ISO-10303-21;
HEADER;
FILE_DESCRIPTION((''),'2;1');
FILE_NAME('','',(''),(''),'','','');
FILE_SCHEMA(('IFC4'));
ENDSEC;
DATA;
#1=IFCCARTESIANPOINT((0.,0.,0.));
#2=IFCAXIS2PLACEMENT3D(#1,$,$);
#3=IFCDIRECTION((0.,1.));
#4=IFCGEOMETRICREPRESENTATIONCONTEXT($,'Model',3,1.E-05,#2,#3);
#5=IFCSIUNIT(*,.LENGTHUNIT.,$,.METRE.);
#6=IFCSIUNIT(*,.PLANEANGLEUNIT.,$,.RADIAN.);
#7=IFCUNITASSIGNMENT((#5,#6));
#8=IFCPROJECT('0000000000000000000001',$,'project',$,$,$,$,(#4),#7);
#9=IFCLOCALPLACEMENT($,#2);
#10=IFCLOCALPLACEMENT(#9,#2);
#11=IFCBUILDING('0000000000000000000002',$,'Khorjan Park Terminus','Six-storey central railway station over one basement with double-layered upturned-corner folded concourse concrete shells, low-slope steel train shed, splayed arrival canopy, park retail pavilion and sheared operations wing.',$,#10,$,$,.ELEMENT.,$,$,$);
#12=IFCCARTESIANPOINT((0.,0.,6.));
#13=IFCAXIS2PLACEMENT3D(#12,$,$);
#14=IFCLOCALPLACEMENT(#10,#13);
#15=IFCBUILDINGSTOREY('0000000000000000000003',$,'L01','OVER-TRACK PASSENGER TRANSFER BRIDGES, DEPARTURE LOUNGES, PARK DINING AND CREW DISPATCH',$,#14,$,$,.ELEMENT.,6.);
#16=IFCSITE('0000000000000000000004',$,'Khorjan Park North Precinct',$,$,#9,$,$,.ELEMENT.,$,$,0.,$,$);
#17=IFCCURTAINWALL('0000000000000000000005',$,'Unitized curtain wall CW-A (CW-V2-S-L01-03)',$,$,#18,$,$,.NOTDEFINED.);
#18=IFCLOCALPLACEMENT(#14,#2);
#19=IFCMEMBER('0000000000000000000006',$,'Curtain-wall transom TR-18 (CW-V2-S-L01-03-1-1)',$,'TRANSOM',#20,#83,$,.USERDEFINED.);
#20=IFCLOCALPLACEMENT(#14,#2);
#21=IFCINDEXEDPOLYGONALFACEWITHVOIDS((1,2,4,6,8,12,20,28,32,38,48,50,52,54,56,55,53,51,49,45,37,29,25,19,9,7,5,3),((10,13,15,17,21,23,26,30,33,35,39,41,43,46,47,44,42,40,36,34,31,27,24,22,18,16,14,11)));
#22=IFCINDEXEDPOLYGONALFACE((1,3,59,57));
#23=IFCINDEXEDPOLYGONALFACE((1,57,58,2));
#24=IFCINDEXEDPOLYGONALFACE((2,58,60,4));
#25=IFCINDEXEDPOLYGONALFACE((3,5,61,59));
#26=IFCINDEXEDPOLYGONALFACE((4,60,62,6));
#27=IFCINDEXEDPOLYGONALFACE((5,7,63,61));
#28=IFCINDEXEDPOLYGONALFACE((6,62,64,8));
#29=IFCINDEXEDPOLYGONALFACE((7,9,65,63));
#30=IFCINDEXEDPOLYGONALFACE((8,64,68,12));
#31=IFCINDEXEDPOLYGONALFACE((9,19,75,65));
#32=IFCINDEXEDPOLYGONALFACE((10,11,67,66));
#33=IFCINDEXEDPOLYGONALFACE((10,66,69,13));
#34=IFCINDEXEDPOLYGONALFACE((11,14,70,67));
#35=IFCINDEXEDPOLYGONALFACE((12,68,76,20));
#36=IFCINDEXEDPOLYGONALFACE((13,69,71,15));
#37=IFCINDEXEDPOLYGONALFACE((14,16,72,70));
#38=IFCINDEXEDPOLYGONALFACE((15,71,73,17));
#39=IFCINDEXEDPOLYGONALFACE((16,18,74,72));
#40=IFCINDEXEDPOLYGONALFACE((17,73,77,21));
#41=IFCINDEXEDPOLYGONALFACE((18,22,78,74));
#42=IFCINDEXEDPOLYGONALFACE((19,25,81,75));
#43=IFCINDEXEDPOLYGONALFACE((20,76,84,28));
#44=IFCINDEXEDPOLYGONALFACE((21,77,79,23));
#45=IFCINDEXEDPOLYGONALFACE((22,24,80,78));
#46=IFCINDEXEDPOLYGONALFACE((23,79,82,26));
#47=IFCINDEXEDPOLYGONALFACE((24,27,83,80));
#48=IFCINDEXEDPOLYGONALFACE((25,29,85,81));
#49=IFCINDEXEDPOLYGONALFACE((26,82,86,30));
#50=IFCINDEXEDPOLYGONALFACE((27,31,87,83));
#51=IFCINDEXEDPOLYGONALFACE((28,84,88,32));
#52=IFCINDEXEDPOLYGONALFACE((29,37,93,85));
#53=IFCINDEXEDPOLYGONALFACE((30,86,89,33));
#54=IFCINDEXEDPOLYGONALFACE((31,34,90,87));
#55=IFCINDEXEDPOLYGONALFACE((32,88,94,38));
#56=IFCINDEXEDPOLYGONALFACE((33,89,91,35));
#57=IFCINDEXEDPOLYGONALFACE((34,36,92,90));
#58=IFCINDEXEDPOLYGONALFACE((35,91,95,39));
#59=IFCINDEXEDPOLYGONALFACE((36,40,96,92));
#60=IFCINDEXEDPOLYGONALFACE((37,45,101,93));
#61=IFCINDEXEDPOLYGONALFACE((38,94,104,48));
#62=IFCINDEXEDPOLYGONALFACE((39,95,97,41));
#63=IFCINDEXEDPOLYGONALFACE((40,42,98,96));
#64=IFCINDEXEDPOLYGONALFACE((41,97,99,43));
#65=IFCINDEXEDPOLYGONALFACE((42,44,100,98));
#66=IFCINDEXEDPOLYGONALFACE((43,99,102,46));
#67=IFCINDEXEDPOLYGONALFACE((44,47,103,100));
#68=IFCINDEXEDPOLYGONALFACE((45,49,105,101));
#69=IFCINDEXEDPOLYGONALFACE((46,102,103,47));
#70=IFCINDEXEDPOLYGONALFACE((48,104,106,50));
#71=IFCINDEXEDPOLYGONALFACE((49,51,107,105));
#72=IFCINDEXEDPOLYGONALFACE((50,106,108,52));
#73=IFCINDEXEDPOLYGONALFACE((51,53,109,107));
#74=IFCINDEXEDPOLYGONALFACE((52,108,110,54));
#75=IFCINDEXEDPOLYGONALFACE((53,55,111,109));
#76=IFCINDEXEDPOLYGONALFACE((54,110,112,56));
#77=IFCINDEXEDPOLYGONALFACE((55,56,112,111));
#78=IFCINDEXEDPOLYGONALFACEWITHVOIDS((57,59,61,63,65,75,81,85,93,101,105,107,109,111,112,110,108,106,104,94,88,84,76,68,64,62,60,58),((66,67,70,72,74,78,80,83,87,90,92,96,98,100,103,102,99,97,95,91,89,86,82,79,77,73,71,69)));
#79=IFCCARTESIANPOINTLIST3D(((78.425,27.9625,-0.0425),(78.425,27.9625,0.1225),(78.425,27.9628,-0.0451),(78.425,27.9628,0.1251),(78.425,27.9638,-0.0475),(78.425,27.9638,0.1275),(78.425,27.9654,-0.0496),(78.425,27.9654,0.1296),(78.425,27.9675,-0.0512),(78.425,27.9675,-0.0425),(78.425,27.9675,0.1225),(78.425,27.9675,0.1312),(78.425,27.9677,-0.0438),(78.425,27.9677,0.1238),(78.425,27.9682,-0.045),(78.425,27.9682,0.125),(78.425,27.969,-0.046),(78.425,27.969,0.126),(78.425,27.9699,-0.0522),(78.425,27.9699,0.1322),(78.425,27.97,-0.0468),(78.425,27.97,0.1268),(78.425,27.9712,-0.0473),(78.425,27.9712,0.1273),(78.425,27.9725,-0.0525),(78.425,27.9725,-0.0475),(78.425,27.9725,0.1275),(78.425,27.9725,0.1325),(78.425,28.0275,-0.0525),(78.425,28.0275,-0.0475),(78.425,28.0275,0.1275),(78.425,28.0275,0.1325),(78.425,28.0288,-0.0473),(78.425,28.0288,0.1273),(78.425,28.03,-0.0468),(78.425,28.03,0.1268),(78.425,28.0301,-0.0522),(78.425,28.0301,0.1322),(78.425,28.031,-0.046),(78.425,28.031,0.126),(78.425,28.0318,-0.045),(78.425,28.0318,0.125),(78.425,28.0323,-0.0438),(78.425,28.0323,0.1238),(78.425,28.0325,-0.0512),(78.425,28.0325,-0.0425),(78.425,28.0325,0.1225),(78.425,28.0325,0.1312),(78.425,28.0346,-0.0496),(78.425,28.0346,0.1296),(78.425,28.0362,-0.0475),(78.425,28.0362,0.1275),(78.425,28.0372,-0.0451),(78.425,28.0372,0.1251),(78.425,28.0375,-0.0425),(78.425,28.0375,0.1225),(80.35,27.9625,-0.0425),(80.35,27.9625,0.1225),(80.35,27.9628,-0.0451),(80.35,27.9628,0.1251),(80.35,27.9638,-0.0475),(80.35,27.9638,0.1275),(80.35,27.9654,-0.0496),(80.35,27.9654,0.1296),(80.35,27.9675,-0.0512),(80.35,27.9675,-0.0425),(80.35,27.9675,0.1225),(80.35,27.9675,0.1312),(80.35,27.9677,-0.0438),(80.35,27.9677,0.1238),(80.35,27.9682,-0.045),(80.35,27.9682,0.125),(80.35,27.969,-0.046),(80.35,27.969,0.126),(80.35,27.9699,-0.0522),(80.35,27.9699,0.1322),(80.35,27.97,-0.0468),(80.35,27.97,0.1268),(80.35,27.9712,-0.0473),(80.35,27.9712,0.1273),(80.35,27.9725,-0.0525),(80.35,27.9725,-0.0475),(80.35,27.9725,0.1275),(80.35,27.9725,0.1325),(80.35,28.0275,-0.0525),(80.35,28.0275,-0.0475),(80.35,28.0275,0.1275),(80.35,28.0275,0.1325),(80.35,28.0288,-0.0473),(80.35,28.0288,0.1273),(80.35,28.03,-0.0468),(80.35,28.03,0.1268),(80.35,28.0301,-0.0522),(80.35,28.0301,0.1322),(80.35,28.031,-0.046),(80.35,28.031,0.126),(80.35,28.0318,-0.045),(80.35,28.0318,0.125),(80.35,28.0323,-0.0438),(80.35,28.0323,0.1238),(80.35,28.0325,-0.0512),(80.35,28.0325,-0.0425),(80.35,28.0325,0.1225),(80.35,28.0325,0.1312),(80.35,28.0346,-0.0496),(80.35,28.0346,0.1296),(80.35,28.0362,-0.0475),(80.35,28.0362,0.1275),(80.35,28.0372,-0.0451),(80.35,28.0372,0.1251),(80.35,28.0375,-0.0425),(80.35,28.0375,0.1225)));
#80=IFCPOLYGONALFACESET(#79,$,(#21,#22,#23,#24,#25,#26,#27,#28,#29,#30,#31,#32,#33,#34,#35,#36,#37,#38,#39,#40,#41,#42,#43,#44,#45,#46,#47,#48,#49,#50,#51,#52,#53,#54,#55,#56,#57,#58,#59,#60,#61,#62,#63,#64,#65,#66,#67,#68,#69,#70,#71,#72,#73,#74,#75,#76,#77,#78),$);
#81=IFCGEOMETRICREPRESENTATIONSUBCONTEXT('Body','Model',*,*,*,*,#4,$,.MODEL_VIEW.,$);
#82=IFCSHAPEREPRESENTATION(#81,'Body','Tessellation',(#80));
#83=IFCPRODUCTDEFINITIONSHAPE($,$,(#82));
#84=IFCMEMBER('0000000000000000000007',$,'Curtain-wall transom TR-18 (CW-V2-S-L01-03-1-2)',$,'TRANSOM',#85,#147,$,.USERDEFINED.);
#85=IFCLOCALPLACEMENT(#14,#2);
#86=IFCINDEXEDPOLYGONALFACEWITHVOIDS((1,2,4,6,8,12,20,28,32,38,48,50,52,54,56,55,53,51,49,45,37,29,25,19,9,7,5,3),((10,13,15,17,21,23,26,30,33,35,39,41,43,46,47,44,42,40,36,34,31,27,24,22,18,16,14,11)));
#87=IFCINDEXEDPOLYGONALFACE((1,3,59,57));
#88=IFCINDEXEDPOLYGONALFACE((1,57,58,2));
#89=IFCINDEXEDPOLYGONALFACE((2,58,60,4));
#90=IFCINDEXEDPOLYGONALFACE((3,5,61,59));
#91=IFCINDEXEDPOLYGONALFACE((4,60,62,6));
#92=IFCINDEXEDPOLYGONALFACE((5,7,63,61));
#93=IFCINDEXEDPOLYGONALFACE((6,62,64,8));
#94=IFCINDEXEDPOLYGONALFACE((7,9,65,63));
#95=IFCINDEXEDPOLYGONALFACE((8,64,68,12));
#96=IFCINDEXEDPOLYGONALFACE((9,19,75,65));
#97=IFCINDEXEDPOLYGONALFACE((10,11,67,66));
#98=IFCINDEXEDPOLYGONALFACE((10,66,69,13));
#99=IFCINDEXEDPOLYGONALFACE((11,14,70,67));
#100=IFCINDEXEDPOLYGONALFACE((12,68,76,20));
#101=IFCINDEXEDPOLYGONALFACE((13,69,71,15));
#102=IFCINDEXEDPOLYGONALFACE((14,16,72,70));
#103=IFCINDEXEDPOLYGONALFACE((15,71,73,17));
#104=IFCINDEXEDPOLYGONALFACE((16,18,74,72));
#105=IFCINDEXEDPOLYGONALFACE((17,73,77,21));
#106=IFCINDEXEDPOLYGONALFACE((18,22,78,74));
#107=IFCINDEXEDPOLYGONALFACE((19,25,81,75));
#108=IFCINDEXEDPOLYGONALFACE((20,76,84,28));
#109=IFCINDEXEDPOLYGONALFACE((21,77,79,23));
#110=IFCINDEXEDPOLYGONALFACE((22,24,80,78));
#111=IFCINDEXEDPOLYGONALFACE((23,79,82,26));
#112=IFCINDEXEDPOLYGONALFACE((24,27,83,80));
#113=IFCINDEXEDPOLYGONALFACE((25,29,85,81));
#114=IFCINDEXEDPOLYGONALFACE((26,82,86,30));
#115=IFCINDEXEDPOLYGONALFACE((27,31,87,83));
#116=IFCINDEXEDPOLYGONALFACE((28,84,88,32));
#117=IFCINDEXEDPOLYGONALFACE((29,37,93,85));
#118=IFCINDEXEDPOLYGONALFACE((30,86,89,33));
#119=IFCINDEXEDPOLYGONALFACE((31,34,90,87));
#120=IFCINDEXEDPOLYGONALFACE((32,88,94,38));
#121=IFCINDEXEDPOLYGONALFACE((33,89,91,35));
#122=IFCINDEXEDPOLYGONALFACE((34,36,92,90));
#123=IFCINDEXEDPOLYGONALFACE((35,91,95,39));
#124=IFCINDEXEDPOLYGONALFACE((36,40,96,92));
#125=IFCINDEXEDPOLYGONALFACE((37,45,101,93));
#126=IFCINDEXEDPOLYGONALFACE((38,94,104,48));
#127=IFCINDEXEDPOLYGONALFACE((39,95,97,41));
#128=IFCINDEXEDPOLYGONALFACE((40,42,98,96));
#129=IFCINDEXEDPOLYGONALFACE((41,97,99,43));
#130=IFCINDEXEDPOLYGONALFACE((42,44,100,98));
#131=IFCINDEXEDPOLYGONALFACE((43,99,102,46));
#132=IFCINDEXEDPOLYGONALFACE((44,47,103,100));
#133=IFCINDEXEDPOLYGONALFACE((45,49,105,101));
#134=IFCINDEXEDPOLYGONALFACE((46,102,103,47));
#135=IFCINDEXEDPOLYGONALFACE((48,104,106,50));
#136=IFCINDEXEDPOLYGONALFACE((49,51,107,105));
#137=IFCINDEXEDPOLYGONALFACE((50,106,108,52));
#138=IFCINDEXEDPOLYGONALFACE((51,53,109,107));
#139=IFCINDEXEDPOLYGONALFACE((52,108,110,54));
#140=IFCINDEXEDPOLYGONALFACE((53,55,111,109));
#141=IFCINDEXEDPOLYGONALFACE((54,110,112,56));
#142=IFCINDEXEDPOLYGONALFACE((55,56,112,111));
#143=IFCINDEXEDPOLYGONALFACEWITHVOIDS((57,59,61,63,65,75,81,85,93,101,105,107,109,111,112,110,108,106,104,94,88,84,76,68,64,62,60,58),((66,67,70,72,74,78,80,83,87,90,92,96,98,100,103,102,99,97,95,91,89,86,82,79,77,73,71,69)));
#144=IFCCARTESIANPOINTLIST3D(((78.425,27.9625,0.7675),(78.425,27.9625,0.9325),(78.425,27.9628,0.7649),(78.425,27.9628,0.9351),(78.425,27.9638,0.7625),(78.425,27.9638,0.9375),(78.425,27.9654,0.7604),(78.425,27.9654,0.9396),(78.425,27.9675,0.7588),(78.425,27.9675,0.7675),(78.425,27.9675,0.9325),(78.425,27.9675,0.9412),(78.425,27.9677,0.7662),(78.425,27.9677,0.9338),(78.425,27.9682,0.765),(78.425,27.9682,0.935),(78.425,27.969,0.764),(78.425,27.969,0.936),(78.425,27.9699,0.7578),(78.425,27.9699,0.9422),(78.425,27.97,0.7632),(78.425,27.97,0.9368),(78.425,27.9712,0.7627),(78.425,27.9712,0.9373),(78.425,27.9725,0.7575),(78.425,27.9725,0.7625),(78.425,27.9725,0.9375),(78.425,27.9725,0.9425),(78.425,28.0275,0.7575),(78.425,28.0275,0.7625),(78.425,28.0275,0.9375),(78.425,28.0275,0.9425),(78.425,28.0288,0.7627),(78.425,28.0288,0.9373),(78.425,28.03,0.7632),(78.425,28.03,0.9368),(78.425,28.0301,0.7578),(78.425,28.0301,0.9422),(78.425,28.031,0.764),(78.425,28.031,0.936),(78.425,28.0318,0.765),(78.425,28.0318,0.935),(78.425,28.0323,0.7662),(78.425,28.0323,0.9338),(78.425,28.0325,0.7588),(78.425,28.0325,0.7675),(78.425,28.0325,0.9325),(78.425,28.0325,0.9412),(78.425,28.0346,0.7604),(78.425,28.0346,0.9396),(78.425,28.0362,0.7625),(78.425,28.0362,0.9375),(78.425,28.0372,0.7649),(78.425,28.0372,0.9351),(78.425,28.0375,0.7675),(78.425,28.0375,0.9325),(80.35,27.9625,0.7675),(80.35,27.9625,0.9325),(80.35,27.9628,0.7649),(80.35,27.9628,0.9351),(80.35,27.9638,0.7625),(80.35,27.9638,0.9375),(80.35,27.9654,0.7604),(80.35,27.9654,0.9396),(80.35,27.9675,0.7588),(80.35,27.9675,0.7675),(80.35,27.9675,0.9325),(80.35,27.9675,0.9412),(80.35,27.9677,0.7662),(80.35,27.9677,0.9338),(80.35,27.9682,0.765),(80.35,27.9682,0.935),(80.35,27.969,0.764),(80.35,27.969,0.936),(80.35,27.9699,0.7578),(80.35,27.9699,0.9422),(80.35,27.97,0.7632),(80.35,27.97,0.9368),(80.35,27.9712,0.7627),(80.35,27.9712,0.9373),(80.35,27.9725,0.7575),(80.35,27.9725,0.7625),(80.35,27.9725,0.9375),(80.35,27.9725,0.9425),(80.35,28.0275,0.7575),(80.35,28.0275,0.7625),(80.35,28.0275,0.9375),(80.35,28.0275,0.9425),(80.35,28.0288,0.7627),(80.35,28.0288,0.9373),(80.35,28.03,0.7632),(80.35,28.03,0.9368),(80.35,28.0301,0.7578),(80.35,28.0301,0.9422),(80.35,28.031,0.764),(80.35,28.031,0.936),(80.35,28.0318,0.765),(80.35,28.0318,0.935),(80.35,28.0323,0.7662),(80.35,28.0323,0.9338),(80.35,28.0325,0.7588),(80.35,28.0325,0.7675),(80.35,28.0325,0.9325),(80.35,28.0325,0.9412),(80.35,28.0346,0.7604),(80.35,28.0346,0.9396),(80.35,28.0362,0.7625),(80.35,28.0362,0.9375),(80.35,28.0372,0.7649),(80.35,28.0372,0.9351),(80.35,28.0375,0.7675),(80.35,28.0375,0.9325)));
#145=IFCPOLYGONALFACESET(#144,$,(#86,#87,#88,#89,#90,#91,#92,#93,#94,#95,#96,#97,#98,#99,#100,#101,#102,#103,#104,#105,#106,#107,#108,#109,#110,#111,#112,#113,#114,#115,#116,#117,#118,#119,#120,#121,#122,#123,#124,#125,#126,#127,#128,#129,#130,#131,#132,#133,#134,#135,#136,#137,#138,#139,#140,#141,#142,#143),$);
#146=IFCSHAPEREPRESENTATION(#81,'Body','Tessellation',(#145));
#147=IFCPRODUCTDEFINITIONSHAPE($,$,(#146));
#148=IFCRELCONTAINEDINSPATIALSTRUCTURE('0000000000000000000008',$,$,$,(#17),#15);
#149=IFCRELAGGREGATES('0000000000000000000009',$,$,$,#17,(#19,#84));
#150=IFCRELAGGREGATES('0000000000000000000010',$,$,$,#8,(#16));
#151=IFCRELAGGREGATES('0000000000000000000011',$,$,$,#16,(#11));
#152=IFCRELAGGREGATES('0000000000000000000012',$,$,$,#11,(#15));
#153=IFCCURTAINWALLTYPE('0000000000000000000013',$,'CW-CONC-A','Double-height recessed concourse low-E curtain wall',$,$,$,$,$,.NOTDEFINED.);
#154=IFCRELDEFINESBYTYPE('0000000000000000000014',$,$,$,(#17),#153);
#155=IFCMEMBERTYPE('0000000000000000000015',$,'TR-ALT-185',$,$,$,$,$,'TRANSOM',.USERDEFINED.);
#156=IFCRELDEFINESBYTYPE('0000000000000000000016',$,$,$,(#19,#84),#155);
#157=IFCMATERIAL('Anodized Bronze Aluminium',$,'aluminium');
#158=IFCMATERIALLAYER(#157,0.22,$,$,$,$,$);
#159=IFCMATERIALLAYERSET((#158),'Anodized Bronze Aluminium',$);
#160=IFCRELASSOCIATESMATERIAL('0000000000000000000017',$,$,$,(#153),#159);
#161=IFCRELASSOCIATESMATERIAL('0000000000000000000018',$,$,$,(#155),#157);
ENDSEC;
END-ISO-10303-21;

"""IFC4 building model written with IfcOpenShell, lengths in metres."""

from ifc_helpers import new_model, si_unit, direction, frame, origin, origin_2d, place, context, subcontext, project, spatial, hollow_rectangle, extrude, material, layer, layer_set, material_profile, profile_set, type_object, element, aggregate, save


model = new_model("IFC4")

# Units and contexts
model_context = context("Model", 3, precision=1e-05, world=origin(), true_north=direction((0.0, 1.0)))
body_context = subcontext(model_context, "Body", "Model", "MODEL_VIEW")
ifc_project = project(units=[si_unit("LENGTHUNIT", "METRE"), si_unit("PLANEANGLEUNIT", "RADIAN")], contexts=[model_context])

# Site, building, storey
site_placement = place(None, origin())
site = spatial("IfcSite", under=ifc_project, at=site_placement, Name="Khorjan Park North Precinct", CompositionType="ELEMENT", RefElevation=0.0)
building_placement = place(site_placement, origin())
building = spatial("IfcBuilding", under=site, at=building_placement, Name="Khorjan Park Terminus", Description="Six-storey central railway station over one basement with double-layered upturned-corner folded concourse concrete shells, low-slope steel train shed, splayed arrival canopy, park retail pavilion and sheared operations wing.", CompositionType="ELEMENT")
storey_placement = place(building_placement, frame((0.0, 0.0, 6.0)))
storey = spatial("IfcBuildingStorey", under=building, at=storey_placement, Name="L01", Description="OVER-TRACK PASSENGER TRANSFER BRIDGES, DEPARTURE LOUNGES, PARK DINING AND CREW DISPATCH", CompositionType="ELEMENT", Elevation=6.0)

# Curtain wall
ifc_material_1 = material(Name="Anodized Bronze Aluminium", Category="aluminium")
ifc_layer_1 = layer(ifc_material_1, 0.22)
ifc_layer_set_1 = layer_set([ifc_layer_1], Name="Anodized Bronze Aluminium")
curtain_wall_type = type_object("IfcCurtainWallType", Name="CW-CONC-A", Description="Double-height recessed concourse low-E curtain wall", PredefinedType="NOTDEFINED", material=ifc_layer_set_1)
curtain_wall_1_placement = place(storey_placement, origin())
curtain_wall_1 = element("IfcCurtainWall", 1, at=curtain_wall_1_placement, inside=storey, type_object=curtain_wall_type, Name="Unitized curtain wall CW-A (CW-V2-S-L01-03)", PredefinedType="NOTDEFINED")

# Members
ifc_material_profile_1 = material_profile(ifc_material_1, hollow_rectangle(XDim=0.075, YDim=0.185, WallThickness=0.005, InnerFilletRadius=0.005, OuterFilletRadius=0.01, at=origin_2d()), Name="ALT 75x185x5")
ifc_profile_set_1 = profile_set([ifc_material_profile_1], Name="Anodized Bronze Aluminium")
member_type_1 = type_object("IfcMemberType", Name="TR-ALT-185", ElementType="TRANSOM", PredefinedType="USERDEFINED", material=ifc_profile_set_1)
member_1_placement = place(storey_placement, frame((78.425, 28.0, 0.04), z_axis=(1.0, 0.0, 0.0), x_axis=(0.0, 1.0, 0.0)))
member_1 = element("IfcMember", 2, at=member_1_placement, type_object=member_type_1, Name="Curtain-wall transom TR-18 (CW-V2-S-L01-03-1-1)", ObjectType="TRANSOM", PredefinedType="USERDEFINED", context=body_context, shape_type="SweptSolid", body=[
    extrude(hollow_rectangle(XDim=0.075, YDim=0.185, WallThickness=0.005, InnerFilletRadius=0.005, OuterFilletRadius=0.01, at=origin_2d()), origin(), (0.0, 0.0, 1.0), 1.925),
])
member_2_placement = place(storey_placement, frame((78.425, 28.0, 0.85), z_axis=(1.0, 0.0, 0.0), x_axis=(0.0, 1.0, 0.0)))
member_2 = element("IfcMember", 3, at=member_2_placement, type_object=member_type_1, Name="Curtain-wall transom TR-18 (CW-V2-S-L01-03-1-2)", ObjectType="TRANSOM", PredefinedType="USERDEFINED", context=body_context, shape_type="SweptSolid", body=[
    extrude(hollow_rectangle(XDim=0.075, YDim=0.185, WallThickness=0.005, InnerFilletRadius=0.005, OuterFilletRadius=0.01, at=origin_2d()), origin(), (0.0, 0.0, 1.0), 1.925),
])

aggregate(curtain_wall_1, [member_1, member_2])

save(model, "model.ifc")
